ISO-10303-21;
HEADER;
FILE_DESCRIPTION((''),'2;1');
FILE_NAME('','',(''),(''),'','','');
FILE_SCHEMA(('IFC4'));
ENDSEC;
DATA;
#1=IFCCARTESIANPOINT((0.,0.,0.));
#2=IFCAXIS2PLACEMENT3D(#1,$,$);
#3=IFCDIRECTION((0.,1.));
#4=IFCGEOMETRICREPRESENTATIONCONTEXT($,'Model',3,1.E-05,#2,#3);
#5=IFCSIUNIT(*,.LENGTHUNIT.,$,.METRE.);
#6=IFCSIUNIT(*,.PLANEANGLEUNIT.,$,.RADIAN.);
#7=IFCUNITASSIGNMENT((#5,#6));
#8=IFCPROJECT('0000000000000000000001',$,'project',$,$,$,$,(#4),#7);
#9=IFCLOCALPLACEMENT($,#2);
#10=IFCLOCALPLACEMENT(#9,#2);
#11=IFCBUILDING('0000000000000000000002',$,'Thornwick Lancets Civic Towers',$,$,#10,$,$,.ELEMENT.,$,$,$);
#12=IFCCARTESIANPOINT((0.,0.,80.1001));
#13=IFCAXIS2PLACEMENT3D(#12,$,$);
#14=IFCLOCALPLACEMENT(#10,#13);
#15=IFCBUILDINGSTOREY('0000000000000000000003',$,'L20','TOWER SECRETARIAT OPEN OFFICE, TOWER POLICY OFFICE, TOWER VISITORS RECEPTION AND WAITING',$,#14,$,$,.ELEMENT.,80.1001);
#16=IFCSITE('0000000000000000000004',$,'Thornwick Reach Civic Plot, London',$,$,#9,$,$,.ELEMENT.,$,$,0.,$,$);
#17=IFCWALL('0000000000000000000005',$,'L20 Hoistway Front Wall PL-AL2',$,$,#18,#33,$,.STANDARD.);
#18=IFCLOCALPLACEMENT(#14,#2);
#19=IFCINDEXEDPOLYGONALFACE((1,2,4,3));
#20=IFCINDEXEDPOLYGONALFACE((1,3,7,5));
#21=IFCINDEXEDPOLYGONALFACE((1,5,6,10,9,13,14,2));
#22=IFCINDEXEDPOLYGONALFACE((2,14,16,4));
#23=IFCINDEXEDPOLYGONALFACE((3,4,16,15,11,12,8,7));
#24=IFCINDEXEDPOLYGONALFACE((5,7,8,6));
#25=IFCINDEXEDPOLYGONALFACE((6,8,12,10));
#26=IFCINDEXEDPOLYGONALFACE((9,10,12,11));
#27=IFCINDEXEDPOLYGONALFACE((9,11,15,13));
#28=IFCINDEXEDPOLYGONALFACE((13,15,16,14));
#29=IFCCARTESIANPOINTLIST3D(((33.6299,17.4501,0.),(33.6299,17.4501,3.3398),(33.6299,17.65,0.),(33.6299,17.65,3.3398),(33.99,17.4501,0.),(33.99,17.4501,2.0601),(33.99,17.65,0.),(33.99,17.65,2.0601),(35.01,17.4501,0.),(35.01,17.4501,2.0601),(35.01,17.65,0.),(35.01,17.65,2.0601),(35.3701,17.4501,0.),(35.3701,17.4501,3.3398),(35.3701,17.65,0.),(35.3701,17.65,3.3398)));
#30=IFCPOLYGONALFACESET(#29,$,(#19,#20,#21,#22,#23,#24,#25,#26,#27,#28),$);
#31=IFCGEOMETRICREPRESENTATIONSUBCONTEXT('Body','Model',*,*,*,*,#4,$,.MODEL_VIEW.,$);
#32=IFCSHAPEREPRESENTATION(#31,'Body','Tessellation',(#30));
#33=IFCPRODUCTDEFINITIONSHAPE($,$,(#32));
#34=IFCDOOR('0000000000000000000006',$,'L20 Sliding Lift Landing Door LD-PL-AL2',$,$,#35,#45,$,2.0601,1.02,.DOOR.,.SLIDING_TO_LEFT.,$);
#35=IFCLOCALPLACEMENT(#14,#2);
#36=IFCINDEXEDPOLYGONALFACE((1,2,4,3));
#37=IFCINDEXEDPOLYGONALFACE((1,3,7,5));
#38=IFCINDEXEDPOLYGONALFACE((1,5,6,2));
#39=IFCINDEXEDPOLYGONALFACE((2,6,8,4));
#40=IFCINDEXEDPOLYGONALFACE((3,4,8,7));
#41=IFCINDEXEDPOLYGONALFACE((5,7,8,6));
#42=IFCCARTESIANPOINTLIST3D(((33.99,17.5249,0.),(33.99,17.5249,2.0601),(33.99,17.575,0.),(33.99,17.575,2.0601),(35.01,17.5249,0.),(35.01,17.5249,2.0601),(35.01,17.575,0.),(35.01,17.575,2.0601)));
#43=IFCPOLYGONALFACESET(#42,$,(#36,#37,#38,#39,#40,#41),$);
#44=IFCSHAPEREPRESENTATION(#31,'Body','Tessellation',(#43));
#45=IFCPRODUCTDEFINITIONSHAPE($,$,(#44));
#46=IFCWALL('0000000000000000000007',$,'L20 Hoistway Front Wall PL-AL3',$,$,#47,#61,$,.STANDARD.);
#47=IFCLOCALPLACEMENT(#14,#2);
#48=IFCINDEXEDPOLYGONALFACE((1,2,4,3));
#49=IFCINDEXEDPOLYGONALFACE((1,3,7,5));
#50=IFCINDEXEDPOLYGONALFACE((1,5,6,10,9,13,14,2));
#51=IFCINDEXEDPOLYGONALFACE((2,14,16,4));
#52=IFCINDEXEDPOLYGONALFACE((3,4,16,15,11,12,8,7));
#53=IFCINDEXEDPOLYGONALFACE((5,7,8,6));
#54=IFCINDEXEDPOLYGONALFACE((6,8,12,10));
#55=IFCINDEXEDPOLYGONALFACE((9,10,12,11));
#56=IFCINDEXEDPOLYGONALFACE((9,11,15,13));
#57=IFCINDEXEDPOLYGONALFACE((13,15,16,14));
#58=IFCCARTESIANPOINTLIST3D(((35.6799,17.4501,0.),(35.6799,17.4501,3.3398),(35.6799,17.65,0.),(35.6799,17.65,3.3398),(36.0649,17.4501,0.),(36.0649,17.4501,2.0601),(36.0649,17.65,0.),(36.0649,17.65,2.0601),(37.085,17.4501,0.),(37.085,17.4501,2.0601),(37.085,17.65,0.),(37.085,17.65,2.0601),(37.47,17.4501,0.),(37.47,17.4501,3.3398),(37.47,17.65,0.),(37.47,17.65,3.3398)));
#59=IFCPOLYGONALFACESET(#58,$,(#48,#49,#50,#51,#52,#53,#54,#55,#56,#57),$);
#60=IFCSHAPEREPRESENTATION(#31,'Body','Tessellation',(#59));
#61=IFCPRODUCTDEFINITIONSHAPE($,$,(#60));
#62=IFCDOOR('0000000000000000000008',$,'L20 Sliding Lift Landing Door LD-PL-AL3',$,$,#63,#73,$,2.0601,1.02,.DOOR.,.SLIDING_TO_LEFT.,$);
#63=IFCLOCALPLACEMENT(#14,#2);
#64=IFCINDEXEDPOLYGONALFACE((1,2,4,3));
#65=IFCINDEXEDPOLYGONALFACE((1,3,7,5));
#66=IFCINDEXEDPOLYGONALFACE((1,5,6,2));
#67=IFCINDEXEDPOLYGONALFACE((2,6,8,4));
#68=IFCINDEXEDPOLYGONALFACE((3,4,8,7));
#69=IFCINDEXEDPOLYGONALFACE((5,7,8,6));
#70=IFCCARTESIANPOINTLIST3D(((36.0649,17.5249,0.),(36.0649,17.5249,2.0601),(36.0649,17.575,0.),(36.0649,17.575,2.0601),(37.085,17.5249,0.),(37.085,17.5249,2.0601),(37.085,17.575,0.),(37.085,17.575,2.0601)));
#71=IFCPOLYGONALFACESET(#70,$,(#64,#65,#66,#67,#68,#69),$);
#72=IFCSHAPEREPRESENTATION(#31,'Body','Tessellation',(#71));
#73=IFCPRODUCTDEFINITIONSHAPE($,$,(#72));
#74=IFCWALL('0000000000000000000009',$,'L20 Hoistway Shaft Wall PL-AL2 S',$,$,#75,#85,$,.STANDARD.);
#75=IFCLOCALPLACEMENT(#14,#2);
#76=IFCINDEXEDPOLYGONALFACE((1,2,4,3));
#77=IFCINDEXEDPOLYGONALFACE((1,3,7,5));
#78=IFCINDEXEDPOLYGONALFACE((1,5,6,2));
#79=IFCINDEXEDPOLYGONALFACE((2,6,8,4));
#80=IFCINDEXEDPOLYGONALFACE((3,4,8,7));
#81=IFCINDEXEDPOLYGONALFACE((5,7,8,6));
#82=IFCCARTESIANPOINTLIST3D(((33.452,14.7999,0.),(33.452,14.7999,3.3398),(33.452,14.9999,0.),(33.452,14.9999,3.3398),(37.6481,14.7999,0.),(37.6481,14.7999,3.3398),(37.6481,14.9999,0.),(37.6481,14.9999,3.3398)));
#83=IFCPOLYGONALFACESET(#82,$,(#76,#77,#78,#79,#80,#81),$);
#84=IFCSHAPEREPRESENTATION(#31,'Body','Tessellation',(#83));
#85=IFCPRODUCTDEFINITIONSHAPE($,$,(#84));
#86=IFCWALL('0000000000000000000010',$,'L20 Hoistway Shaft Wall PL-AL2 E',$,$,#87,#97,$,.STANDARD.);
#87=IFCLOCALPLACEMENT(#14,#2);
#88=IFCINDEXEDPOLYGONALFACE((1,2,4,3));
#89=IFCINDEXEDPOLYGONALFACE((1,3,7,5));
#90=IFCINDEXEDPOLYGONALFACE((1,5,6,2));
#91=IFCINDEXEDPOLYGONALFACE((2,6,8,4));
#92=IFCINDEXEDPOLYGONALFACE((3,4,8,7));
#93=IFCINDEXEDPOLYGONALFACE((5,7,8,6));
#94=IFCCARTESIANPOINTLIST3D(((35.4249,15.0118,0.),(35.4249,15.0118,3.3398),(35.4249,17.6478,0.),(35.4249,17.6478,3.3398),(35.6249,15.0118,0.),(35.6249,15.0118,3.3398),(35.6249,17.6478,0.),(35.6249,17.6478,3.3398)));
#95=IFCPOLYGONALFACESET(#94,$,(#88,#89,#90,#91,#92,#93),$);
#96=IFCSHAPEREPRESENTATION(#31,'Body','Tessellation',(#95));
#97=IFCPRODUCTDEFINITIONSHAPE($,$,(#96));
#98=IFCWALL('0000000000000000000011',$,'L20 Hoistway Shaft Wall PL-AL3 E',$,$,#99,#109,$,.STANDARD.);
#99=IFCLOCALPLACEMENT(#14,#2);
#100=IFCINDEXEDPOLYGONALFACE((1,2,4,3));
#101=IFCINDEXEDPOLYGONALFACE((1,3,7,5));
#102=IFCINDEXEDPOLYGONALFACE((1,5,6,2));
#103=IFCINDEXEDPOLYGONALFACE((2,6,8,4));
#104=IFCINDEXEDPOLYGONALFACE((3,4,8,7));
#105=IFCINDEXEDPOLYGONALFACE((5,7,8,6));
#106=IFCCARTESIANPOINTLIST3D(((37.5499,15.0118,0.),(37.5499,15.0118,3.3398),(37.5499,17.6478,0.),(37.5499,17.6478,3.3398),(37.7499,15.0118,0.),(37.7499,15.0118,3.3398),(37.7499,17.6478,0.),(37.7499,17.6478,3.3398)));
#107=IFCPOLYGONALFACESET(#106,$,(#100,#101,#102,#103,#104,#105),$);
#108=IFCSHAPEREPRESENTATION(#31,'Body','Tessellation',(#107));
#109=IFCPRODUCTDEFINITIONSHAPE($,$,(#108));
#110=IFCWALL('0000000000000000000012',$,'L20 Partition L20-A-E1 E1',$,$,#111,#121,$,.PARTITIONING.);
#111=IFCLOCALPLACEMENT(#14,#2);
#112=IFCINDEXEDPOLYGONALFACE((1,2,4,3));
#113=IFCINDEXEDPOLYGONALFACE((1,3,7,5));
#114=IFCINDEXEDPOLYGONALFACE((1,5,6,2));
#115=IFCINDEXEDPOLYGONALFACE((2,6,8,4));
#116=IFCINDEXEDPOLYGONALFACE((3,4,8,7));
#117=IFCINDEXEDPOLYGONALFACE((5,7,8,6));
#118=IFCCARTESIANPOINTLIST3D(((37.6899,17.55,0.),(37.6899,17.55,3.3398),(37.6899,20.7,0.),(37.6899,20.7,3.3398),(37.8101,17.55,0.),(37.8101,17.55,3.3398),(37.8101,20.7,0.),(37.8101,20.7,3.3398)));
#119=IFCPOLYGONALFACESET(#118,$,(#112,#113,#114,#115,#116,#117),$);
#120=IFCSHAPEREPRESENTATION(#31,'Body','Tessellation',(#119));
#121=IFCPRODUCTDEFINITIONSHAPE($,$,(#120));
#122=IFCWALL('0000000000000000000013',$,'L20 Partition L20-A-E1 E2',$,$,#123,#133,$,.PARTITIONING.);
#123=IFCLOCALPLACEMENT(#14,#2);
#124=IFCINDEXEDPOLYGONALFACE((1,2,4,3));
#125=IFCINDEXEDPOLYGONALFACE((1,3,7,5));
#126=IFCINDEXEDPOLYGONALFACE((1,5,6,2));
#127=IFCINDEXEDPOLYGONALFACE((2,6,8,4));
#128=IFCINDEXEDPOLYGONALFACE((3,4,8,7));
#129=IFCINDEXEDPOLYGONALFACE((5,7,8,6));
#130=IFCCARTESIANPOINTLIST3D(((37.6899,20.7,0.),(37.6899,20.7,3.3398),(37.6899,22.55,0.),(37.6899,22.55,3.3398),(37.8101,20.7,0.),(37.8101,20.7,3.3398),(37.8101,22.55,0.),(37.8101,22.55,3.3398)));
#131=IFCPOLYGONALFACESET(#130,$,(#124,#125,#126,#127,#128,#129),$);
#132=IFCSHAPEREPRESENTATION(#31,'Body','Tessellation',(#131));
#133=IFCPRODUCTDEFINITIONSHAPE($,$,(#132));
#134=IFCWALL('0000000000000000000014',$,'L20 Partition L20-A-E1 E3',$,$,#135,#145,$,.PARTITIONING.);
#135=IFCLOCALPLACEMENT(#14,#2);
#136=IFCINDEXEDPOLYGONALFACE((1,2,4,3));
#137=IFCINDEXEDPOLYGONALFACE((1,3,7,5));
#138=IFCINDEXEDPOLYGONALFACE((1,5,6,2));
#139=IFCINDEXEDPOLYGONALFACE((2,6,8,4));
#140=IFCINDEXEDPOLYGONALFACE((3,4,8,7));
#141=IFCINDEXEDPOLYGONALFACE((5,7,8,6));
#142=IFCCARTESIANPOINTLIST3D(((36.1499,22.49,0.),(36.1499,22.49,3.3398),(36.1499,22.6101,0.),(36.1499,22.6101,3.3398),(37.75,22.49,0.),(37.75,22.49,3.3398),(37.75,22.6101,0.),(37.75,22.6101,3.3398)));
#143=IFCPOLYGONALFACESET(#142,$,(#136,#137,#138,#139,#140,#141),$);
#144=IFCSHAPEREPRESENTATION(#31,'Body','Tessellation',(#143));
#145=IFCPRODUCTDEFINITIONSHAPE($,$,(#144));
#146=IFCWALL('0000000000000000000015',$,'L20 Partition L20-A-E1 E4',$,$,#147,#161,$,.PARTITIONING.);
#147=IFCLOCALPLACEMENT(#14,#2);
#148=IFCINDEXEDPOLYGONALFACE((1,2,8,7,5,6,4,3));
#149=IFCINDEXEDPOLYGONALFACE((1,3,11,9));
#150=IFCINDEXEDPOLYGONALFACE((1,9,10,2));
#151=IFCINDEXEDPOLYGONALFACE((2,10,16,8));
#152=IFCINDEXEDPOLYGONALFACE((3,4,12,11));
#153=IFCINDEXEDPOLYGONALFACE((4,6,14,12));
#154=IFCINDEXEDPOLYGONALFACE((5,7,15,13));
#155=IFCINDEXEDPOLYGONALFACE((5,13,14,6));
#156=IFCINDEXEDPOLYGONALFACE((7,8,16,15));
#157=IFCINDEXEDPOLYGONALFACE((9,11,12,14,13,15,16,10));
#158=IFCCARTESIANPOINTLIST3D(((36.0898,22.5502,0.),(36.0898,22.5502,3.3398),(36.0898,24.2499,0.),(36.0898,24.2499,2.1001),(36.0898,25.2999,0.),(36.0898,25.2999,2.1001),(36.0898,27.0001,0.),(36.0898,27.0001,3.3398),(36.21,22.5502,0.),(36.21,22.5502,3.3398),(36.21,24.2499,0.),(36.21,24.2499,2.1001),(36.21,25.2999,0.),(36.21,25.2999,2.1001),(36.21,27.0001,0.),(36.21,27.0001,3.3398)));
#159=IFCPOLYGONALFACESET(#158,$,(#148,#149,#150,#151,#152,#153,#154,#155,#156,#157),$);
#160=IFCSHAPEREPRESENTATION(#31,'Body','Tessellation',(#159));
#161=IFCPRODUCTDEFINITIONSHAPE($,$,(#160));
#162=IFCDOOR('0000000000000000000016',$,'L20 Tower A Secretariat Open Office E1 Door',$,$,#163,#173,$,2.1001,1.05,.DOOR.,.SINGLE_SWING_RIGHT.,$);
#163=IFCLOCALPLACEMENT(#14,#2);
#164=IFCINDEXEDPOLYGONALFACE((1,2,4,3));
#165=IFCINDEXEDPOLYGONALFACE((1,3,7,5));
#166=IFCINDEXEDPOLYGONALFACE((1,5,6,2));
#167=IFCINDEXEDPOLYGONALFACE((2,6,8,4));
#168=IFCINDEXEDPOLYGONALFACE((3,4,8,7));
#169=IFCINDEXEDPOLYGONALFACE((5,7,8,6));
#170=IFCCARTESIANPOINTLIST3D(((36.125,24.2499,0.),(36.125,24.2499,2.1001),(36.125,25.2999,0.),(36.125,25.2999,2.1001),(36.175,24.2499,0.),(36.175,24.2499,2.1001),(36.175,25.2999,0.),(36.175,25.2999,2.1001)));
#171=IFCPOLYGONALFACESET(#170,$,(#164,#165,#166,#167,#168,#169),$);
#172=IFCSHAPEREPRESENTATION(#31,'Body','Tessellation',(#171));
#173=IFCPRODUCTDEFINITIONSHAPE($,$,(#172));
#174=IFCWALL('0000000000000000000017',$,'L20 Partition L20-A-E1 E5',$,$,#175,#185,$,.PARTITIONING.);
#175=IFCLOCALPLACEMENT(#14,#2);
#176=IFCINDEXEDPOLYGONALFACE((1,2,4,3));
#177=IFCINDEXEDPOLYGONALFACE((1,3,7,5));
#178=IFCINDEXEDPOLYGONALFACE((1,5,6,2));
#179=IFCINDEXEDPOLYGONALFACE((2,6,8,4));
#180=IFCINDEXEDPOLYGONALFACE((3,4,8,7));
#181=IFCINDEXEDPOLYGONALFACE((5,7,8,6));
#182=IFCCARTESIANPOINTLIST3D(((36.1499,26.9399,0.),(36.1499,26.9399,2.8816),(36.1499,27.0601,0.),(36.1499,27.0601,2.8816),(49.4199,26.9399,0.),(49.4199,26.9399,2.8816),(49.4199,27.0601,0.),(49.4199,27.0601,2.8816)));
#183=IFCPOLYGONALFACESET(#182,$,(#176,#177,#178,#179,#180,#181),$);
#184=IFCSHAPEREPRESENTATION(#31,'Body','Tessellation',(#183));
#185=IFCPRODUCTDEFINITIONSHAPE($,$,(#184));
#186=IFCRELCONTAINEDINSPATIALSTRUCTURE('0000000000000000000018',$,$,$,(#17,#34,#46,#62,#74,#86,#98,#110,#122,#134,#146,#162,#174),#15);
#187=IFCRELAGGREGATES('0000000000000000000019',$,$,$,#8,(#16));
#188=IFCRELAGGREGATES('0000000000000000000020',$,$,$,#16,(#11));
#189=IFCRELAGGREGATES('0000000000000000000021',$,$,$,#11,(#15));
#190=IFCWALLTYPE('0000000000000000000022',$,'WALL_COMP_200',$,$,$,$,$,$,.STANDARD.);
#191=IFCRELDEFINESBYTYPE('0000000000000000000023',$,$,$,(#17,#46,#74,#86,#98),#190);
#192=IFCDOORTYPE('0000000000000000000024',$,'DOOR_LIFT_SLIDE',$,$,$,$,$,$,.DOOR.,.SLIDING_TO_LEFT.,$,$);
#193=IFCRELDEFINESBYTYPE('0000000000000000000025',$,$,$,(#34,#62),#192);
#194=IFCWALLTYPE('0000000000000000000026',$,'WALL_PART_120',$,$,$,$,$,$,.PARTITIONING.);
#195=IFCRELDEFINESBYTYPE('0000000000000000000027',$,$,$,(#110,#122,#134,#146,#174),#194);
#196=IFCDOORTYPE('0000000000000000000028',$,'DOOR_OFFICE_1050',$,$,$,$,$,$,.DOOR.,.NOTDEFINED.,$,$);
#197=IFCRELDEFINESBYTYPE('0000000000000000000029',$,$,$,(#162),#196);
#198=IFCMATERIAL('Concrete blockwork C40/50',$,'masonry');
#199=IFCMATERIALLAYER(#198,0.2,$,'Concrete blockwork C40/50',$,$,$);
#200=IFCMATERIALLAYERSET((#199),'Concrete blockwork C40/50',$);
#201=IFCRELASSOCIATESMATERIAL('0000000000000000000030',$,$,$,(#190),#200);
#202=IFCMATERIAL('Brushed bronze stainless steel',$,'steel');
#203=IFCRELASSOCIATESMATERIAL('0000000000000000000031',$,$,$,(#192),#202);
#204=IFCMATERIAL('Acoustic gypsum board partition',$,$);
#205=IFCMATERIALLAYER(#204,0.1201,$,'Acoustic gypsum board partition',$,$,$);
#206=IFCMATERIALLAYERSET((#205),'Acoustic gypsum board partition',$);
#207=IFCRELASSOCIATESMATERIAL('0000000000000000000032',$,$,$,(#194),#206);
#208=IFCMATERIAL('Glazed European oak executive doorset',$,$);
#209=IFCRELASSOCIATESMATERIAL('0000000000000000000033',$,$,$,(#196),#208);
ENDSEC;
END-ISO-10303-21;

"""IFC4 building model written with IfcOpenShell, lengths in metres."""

from ifc_helpers import new_model, si_unit, direction, frame, frame_2d, origin, place, context, subcontext, project, spatial, rectangle, extrude, material, layer, layer_set, type_object, element, fill, save


model = new_model("IFC4")

# Units and contexts
model_context = context("Model", 3, precision=1e-05, world=origin(), true_north=direction((0.0, 1.0)))
body_context = subcontext(model_context, "Body", "Model", "MODEL_VIEW")
ifc_project = project(units=[si_unit("LENGTHUNIT", "METRE"), si_unit("PLANEANGLEUNIT", "RADIAN")], contexts=[model_context])

# Site, building, storey
site_placement = place(None, origin())
site = spatial("IfcSite", under=ifc_project, at=site_placement, Name="Thornwick Reach Civic Plot, London", CompositionType="ELEMENT", RefElevation=0.0)
building_placement = place(site_placement, origin())
building = spatial("IfcBuilding", under=site, at=building_placement, Name="Thornwick Lancets Civic Towers", CompositionType="ELEMENT")
storey_placement = place(building_placement, frame((0.0, 0.0, 80.1001)))
storey = spatial("IfcBuildingStorey", under=building, at=storey_placement, Name="L20", Description="TOWER SECRETARIAT OPEN OFFICE, TOWER POLICY OFFICE, TOWER VISITORS RECEPTION AND WAITING", CompositionType="ELEMENT", Elevation=80.1001)

# Walls, openings, doors
ifc_material_1 = material(Name="Concrete blockwork C40/50", Category="masonry")
ifc_layer_1 = layer(ifc_material_1, 0.2, Name="Concrete blockwork C40/50")
ifc_layer_set_1 = layer_set([ifc_layer_1], Name="Concrete blockwork C40/50")
wall_type_1 = type_object("IfcWallType", Name="WALL_COMP_200", PredefinedType="STANDARD", material=ifc_layer_set_1)
wall_1_placement = place(storey_placement, frame((33.6299, 17.55, 0.0), z_axis=(0.0, 0.0, 1.0), x_axis=(1.0, 0.0, 0.0)))
wall_1 = element("IfcWall", 1, at=wall_1_placement, inside=storey, type_object=wall_type_1, Name="L20 Hoistway Front Wall PL-AL2", PredefinedType="STANDARD", context=body_context, shape_type="SweptSolid", body=[
    extrude(rectangle(XDim=1.7402, YDim=0.2, at=frame_2d((0.8701, 0.0))), origin(), (0.0, 0.0, 1.0), 3.3398),
])
opening_1_placement = place(wall_1_placement, frame((0.3601, 0.0, 0.0)))
opening_1 = element("IfcOpeningElement", 2, at=opening_1_placement, cuts=wall_1, PredefinedType="OPENING", context=body_context, shape_type="SweptSolid", body=[
    extrude(rectangle(XDim=1.02, YDim=2.0601, at=frame_2d((0.51, 1.03))), frame((0.0, 0.1099, 0.0), z_axis=(0.0, -1.0, 0.0), x_axis=(1.0, 0.0, 0.0)), (0.0, 0.0, 1.0), 0.22),
])
ifc_material_2 = material(Name="Brushed bronze stainless steel", Category="steel")
door_type_1 = type_object("IfcDoorType", Name="DOOR_LIFT_SLIDE", OperationType="SLIDING_TO_LEFT", PredefinedType="DOOR", material=ifc_material_2)
door_1_placement = place(opening_1_placement, origin())
door_1 = element("IfcDoor", 3, at=door_1_placement, inside=storey, type_object=door_type_1, Name="L20 Sliding Lift Landing Door LD-PL-AL2", OperationType="SLIDING_TO_LEFT", OverallHeight=2.0601, OverallWidth=1.02, PredefinedType="DOOR", context=body_context, shape_type="SweptSolid", body=[
    extrude(rectangle(XDim=1.02, YDim=2.0601, at=frame_2d((0.51, 1.03))), frame((0.0, 0.0249, 0.0), z_axis=(0.0, -1.0, 0.0), x_axis=(1.0, 0.0, 0.0)), (0.0, 0.0, 1.0), 0.05),
])
fill(opening_1, door_1)
wall_2_placement = place(storey_placement, frame((35.6799, 17.55, 0.0), z_axis=(0.0, 0.0, 1.0), x_axis=(1.0, 0.0, 0.0)))
wall_2 = element("IfcWall", 4, at=wall_2_placement, inside=storey, type_object=wall_type_1, Name="L20 Hoistway Front Wall PL-AL3", PredefinedType="STANDARD", context=body_context, shape_type="SweptSolid", body=[
    extrude(rectangle(XDim=1.79, YDim=0.2, at=frame_2d((0.895, 0.0))), origin(), (0.0, 0.0, 1.0), 3.3398),
])
opening_2_placement = place(wall_2_placement, frame((0.385, 0.0, 0.0)))
opening_2 = element("IfcOpeningElement", 5, at=opening_2_placement, cuts=wall_2, PredefinedType="OPENING", context=body_context, shape_type="SweptSolid", body=[
    extrude(rectangle(XDim=1.02, YDim=2.0601, at=frame_2d((0.51, 1.03))), frame((0.0, 0.1099, 0.0), z_axis=(0.0, -1.0, 0.0), x_axis=(1.0, 0.0, 0.0)), (0.0, 0.0, 1.0), 0.22),
])
door_2_placement = place(opening_2_placement, origin())
door_2 = element("IfcDoor", 6, at=door_2_placement, inside=storey, type_object=door_type_1, Name="L20 Sliding Lift Landing Door LD-PL-AL3", OperationType="SLIDING_TO_LEFT", OverallHeight=2.0601, OverallWidth=1.02, PredefinedType="DOOR", context=body_context, shape_type="SweptSolid", body=[
    extrude(rectangle(XDim=1.02, YDim=2.0601, at=frame_2d((0.51, 1.03))), frame((0.0, 0.0249, 0.0), z_axis=(0.0, -1.0, 0.0), x_axis=(1.0, 0.0, 0.0)), (0.0, 0.0, 1.0), 0.05),
])
fill(opening_2, door_2)

# Walls
wall_3_placement = place(storey_placement, frame((33.4519, 14.8999, 0.0), z_axis=(0.0, 0.0, 1.0), x_axis=(1.0, 0.0, 0.0)))
element("IfcWall", 7, at=wall_3_placement, inside=storey, type_object=wall_type_1, Name="L20 Hoistway Shaft Wall PL-AL2 S", PredefinedType="STANDARD", context=body_context, shape_type="SweptSolid", body=[
    extrude(rectangle(XDim=4.196, YDim=0.2, at=frame_2d((2.0981, 0.0))), origin(), (0.0, 0.0, 1.0), 3.3398),
])
for number, where, z_axis, x_axis, name in (
    (8, (35.5249, 15.012, 0.0), (0.0, 0.0, 1.0), (0.0, 1.0, 0.0), "L20 Hoistway Shaft Wall PL-AL2 E"),
    (9, (37.6499, 15.012, 0.0), (0.0, 0.0, 1.0), (0.0, 1.0, 0.0), "L20 Hoistway Shaft Wall PL-AL3 E"),
):
    element("IfcWall", number, at=place(storey_placement, frame(where, z_axis=z_axis, x_axis=x_axis)), inside=storey, type_object=wall_type_1, Name=name, PredefinedType="STANDARD", context=body_context, shape_type="SweptSolid", body=[
        extrude(rectangle(XDim=2.636, YDim=0.2, at=frame_2d((1.3179, 0.0))), origin(), (0.0, 0.0, 1.0), 3.3398),
    ])
ifc_material_3 = material(Name="Acoustic gypsum board partition")
ifc_layer_2 = layer(ifc_material_3, 0.1201, Name="Acoustic gypsum board partition")
ifc_layer_set_2 = layer_set([ifc_layer_2], Name="Acoustic gypsum board partition")
wall_type_2 = type_object("IfcWallType", Name="WALL_PART_120", PredefinedType="PARTITIONING", material=ifc_layer_set_2)
wall_4_placement = place(storey_placement, frame((37.75, 17.55, 0.0), z_axis=(0.0, 0.0, 1.0), x_axis=(0.0, 1.0, 0.0)))
element("IfcWall", 10, at=wall_4_placement, inside=storey, type_object=wall_type_2, Name="L20 Partition L20-A-E1 E1", PredefinedType="PARTITIONING", context=body_context, shape_type="SweptSolid", body=[
    extrude(rectangle(XDim=3.1499, YDim=0.1201, at=frame_2d((1.575, 0.0))), origin(), (0.0, 0.0, 1.0), 3.3398),
])
wall_5_placement = place(storey_placement, frame((37.75, 20.7, 0.0), z_axis=(0.0, 0.0, 1.0), x_axis=(0.0, 1.0, 0.0)))
element("IfcWall", 11, at=wall_5_placement, inside=storey, type_object=wall_type_2, Name="L20 Partition L20-A-E1 E2", PredefinedType="PARTITIONING", context=body_context, shape_type="SweptSolid", body=[
    extrude(rectangle(XDim=1.8501, YDim=0.1201, at=frame_2d((0.925, 0.0))), origin(), (0.0, 0.0, 1.0), 3.3398),
])
wall_6_placement = place(storey_placement, frame((37.75, 22.55, 0.0), z_axis=(0.0, 0.0, 1.0), x_axis=(-1.0, 0.0, 0.0)))
element("IfcWall", 12, at=wall_6_placement, inside=storey, type_object=wall_type_2, Name="L20 Partition L20-A-E1 E3", PredefinedType="PARTITIONING", context=body_context, shape_type="SweptSolid", body=[
    extrude(rectangle(XDim=1.6001, YDim=0.1201, at=frame_2d((0.8, 0.0))), origin(), (0.0, 0.0, 1.0), 3.3398),
])

# Wall, opening, door
wall_7_placement = place(storey_placement, frame((36.1499, 22.55, 0.0), z_axis=(0.0, 0.0, 1.0), x_axis=(0.0, 1.0, 0.0)))
wall_7 = element("IfcWall", 13, at=wall_7_placement, inside=storey, type_object=wall_type_2, Name="L20 Partition L20-A-E1 E4", PredefinedType="PARTITIONING", context=body_context, shape_type="SweptSolid", body=[
    extrude(rectangle(XDim=4.45, YDim=0.1201, at=frame_2d((2.2251, 0.0))), origin(), (0.0, 0.0, 1.0), 3.3398),
])
opening_3_placement = place(wall_7_placement, frame((1.7, 0.0, 0.0)))
opening_3 = element("IfcOpeningElement", 14, at=opening_3_placement, cuts=wall_7, PredefinedType="OPENING", context=body_context, shape_type="SweptSolid", body=[
    extrude(rectangle(XDim=1.05, YDim=2.1001, at=frame_2d((0.5249, 1.05))), frame((0.0, 0.0701, 0.0), z_axis=(0.0, -1.0, 0.0), x_axis=(1.0, 0.0, 0.0)), (0.0, 0.0, 1.0), 0.1401),
])
ifc_material_4 = material(Name="Glazed European oak executive doorset")
door_type_2 = type_object("IfcDoorType", Name="DOOR_OFFICE_1050", OperationType="NOTDEFINED", PredefinedType="DOOR", material=ifc_material_4)
door_3_placement = place(opening_3_placement, origin())
door_3 = element("IfcDoor", 15, at=door_3_placement, inside=storey, type_object=door_type_2, Name="L20 Tower A Secretariat Open Office E1 Door", OperationType="SINGLE_SWING_RIGHT", OverallHeight=2.1001, OverallWidth=1.05, PredefinedType="DOOR", context=body_context, shape_type="SweptSolid", body=[
    extrude(rectangle(XDim=1.05, YDim=2.1001, at=frame_2d((0.5249, 1.05))), frame((0.0, 0.0249, 0.0), z_axis=(0.0, -1.0, 0.0), x_axis=(1.0, 0.0, 0.0)), (0.0, 0.0, 1.0), 0.05),
])
fill(opening_3, door_3)

# Wall
wall_8_placement = place(storey_placement, frame((36.1499, 27.0, 0.0), z_axis=(0.0, 0.0, 1.0), x_axis=(1.0, 0.0, 0.0)))
element("IfcWall", 16, at=wall_8_placement, inside=storey, type_object=wall_type_2, Name="L20 Partition L20-A-E1 E5", PredefinedType="PARTITIONING", context=body_context, shape_type="SweptSolid", body=[
    extrude(rectangle(XDim=13.27, YDim=0.1201, at=frame_2d((6.635, 0.0))), origin(), (0.0, 0.0, 1.0), 2.8816),
])

save(model, "model.ifc")
